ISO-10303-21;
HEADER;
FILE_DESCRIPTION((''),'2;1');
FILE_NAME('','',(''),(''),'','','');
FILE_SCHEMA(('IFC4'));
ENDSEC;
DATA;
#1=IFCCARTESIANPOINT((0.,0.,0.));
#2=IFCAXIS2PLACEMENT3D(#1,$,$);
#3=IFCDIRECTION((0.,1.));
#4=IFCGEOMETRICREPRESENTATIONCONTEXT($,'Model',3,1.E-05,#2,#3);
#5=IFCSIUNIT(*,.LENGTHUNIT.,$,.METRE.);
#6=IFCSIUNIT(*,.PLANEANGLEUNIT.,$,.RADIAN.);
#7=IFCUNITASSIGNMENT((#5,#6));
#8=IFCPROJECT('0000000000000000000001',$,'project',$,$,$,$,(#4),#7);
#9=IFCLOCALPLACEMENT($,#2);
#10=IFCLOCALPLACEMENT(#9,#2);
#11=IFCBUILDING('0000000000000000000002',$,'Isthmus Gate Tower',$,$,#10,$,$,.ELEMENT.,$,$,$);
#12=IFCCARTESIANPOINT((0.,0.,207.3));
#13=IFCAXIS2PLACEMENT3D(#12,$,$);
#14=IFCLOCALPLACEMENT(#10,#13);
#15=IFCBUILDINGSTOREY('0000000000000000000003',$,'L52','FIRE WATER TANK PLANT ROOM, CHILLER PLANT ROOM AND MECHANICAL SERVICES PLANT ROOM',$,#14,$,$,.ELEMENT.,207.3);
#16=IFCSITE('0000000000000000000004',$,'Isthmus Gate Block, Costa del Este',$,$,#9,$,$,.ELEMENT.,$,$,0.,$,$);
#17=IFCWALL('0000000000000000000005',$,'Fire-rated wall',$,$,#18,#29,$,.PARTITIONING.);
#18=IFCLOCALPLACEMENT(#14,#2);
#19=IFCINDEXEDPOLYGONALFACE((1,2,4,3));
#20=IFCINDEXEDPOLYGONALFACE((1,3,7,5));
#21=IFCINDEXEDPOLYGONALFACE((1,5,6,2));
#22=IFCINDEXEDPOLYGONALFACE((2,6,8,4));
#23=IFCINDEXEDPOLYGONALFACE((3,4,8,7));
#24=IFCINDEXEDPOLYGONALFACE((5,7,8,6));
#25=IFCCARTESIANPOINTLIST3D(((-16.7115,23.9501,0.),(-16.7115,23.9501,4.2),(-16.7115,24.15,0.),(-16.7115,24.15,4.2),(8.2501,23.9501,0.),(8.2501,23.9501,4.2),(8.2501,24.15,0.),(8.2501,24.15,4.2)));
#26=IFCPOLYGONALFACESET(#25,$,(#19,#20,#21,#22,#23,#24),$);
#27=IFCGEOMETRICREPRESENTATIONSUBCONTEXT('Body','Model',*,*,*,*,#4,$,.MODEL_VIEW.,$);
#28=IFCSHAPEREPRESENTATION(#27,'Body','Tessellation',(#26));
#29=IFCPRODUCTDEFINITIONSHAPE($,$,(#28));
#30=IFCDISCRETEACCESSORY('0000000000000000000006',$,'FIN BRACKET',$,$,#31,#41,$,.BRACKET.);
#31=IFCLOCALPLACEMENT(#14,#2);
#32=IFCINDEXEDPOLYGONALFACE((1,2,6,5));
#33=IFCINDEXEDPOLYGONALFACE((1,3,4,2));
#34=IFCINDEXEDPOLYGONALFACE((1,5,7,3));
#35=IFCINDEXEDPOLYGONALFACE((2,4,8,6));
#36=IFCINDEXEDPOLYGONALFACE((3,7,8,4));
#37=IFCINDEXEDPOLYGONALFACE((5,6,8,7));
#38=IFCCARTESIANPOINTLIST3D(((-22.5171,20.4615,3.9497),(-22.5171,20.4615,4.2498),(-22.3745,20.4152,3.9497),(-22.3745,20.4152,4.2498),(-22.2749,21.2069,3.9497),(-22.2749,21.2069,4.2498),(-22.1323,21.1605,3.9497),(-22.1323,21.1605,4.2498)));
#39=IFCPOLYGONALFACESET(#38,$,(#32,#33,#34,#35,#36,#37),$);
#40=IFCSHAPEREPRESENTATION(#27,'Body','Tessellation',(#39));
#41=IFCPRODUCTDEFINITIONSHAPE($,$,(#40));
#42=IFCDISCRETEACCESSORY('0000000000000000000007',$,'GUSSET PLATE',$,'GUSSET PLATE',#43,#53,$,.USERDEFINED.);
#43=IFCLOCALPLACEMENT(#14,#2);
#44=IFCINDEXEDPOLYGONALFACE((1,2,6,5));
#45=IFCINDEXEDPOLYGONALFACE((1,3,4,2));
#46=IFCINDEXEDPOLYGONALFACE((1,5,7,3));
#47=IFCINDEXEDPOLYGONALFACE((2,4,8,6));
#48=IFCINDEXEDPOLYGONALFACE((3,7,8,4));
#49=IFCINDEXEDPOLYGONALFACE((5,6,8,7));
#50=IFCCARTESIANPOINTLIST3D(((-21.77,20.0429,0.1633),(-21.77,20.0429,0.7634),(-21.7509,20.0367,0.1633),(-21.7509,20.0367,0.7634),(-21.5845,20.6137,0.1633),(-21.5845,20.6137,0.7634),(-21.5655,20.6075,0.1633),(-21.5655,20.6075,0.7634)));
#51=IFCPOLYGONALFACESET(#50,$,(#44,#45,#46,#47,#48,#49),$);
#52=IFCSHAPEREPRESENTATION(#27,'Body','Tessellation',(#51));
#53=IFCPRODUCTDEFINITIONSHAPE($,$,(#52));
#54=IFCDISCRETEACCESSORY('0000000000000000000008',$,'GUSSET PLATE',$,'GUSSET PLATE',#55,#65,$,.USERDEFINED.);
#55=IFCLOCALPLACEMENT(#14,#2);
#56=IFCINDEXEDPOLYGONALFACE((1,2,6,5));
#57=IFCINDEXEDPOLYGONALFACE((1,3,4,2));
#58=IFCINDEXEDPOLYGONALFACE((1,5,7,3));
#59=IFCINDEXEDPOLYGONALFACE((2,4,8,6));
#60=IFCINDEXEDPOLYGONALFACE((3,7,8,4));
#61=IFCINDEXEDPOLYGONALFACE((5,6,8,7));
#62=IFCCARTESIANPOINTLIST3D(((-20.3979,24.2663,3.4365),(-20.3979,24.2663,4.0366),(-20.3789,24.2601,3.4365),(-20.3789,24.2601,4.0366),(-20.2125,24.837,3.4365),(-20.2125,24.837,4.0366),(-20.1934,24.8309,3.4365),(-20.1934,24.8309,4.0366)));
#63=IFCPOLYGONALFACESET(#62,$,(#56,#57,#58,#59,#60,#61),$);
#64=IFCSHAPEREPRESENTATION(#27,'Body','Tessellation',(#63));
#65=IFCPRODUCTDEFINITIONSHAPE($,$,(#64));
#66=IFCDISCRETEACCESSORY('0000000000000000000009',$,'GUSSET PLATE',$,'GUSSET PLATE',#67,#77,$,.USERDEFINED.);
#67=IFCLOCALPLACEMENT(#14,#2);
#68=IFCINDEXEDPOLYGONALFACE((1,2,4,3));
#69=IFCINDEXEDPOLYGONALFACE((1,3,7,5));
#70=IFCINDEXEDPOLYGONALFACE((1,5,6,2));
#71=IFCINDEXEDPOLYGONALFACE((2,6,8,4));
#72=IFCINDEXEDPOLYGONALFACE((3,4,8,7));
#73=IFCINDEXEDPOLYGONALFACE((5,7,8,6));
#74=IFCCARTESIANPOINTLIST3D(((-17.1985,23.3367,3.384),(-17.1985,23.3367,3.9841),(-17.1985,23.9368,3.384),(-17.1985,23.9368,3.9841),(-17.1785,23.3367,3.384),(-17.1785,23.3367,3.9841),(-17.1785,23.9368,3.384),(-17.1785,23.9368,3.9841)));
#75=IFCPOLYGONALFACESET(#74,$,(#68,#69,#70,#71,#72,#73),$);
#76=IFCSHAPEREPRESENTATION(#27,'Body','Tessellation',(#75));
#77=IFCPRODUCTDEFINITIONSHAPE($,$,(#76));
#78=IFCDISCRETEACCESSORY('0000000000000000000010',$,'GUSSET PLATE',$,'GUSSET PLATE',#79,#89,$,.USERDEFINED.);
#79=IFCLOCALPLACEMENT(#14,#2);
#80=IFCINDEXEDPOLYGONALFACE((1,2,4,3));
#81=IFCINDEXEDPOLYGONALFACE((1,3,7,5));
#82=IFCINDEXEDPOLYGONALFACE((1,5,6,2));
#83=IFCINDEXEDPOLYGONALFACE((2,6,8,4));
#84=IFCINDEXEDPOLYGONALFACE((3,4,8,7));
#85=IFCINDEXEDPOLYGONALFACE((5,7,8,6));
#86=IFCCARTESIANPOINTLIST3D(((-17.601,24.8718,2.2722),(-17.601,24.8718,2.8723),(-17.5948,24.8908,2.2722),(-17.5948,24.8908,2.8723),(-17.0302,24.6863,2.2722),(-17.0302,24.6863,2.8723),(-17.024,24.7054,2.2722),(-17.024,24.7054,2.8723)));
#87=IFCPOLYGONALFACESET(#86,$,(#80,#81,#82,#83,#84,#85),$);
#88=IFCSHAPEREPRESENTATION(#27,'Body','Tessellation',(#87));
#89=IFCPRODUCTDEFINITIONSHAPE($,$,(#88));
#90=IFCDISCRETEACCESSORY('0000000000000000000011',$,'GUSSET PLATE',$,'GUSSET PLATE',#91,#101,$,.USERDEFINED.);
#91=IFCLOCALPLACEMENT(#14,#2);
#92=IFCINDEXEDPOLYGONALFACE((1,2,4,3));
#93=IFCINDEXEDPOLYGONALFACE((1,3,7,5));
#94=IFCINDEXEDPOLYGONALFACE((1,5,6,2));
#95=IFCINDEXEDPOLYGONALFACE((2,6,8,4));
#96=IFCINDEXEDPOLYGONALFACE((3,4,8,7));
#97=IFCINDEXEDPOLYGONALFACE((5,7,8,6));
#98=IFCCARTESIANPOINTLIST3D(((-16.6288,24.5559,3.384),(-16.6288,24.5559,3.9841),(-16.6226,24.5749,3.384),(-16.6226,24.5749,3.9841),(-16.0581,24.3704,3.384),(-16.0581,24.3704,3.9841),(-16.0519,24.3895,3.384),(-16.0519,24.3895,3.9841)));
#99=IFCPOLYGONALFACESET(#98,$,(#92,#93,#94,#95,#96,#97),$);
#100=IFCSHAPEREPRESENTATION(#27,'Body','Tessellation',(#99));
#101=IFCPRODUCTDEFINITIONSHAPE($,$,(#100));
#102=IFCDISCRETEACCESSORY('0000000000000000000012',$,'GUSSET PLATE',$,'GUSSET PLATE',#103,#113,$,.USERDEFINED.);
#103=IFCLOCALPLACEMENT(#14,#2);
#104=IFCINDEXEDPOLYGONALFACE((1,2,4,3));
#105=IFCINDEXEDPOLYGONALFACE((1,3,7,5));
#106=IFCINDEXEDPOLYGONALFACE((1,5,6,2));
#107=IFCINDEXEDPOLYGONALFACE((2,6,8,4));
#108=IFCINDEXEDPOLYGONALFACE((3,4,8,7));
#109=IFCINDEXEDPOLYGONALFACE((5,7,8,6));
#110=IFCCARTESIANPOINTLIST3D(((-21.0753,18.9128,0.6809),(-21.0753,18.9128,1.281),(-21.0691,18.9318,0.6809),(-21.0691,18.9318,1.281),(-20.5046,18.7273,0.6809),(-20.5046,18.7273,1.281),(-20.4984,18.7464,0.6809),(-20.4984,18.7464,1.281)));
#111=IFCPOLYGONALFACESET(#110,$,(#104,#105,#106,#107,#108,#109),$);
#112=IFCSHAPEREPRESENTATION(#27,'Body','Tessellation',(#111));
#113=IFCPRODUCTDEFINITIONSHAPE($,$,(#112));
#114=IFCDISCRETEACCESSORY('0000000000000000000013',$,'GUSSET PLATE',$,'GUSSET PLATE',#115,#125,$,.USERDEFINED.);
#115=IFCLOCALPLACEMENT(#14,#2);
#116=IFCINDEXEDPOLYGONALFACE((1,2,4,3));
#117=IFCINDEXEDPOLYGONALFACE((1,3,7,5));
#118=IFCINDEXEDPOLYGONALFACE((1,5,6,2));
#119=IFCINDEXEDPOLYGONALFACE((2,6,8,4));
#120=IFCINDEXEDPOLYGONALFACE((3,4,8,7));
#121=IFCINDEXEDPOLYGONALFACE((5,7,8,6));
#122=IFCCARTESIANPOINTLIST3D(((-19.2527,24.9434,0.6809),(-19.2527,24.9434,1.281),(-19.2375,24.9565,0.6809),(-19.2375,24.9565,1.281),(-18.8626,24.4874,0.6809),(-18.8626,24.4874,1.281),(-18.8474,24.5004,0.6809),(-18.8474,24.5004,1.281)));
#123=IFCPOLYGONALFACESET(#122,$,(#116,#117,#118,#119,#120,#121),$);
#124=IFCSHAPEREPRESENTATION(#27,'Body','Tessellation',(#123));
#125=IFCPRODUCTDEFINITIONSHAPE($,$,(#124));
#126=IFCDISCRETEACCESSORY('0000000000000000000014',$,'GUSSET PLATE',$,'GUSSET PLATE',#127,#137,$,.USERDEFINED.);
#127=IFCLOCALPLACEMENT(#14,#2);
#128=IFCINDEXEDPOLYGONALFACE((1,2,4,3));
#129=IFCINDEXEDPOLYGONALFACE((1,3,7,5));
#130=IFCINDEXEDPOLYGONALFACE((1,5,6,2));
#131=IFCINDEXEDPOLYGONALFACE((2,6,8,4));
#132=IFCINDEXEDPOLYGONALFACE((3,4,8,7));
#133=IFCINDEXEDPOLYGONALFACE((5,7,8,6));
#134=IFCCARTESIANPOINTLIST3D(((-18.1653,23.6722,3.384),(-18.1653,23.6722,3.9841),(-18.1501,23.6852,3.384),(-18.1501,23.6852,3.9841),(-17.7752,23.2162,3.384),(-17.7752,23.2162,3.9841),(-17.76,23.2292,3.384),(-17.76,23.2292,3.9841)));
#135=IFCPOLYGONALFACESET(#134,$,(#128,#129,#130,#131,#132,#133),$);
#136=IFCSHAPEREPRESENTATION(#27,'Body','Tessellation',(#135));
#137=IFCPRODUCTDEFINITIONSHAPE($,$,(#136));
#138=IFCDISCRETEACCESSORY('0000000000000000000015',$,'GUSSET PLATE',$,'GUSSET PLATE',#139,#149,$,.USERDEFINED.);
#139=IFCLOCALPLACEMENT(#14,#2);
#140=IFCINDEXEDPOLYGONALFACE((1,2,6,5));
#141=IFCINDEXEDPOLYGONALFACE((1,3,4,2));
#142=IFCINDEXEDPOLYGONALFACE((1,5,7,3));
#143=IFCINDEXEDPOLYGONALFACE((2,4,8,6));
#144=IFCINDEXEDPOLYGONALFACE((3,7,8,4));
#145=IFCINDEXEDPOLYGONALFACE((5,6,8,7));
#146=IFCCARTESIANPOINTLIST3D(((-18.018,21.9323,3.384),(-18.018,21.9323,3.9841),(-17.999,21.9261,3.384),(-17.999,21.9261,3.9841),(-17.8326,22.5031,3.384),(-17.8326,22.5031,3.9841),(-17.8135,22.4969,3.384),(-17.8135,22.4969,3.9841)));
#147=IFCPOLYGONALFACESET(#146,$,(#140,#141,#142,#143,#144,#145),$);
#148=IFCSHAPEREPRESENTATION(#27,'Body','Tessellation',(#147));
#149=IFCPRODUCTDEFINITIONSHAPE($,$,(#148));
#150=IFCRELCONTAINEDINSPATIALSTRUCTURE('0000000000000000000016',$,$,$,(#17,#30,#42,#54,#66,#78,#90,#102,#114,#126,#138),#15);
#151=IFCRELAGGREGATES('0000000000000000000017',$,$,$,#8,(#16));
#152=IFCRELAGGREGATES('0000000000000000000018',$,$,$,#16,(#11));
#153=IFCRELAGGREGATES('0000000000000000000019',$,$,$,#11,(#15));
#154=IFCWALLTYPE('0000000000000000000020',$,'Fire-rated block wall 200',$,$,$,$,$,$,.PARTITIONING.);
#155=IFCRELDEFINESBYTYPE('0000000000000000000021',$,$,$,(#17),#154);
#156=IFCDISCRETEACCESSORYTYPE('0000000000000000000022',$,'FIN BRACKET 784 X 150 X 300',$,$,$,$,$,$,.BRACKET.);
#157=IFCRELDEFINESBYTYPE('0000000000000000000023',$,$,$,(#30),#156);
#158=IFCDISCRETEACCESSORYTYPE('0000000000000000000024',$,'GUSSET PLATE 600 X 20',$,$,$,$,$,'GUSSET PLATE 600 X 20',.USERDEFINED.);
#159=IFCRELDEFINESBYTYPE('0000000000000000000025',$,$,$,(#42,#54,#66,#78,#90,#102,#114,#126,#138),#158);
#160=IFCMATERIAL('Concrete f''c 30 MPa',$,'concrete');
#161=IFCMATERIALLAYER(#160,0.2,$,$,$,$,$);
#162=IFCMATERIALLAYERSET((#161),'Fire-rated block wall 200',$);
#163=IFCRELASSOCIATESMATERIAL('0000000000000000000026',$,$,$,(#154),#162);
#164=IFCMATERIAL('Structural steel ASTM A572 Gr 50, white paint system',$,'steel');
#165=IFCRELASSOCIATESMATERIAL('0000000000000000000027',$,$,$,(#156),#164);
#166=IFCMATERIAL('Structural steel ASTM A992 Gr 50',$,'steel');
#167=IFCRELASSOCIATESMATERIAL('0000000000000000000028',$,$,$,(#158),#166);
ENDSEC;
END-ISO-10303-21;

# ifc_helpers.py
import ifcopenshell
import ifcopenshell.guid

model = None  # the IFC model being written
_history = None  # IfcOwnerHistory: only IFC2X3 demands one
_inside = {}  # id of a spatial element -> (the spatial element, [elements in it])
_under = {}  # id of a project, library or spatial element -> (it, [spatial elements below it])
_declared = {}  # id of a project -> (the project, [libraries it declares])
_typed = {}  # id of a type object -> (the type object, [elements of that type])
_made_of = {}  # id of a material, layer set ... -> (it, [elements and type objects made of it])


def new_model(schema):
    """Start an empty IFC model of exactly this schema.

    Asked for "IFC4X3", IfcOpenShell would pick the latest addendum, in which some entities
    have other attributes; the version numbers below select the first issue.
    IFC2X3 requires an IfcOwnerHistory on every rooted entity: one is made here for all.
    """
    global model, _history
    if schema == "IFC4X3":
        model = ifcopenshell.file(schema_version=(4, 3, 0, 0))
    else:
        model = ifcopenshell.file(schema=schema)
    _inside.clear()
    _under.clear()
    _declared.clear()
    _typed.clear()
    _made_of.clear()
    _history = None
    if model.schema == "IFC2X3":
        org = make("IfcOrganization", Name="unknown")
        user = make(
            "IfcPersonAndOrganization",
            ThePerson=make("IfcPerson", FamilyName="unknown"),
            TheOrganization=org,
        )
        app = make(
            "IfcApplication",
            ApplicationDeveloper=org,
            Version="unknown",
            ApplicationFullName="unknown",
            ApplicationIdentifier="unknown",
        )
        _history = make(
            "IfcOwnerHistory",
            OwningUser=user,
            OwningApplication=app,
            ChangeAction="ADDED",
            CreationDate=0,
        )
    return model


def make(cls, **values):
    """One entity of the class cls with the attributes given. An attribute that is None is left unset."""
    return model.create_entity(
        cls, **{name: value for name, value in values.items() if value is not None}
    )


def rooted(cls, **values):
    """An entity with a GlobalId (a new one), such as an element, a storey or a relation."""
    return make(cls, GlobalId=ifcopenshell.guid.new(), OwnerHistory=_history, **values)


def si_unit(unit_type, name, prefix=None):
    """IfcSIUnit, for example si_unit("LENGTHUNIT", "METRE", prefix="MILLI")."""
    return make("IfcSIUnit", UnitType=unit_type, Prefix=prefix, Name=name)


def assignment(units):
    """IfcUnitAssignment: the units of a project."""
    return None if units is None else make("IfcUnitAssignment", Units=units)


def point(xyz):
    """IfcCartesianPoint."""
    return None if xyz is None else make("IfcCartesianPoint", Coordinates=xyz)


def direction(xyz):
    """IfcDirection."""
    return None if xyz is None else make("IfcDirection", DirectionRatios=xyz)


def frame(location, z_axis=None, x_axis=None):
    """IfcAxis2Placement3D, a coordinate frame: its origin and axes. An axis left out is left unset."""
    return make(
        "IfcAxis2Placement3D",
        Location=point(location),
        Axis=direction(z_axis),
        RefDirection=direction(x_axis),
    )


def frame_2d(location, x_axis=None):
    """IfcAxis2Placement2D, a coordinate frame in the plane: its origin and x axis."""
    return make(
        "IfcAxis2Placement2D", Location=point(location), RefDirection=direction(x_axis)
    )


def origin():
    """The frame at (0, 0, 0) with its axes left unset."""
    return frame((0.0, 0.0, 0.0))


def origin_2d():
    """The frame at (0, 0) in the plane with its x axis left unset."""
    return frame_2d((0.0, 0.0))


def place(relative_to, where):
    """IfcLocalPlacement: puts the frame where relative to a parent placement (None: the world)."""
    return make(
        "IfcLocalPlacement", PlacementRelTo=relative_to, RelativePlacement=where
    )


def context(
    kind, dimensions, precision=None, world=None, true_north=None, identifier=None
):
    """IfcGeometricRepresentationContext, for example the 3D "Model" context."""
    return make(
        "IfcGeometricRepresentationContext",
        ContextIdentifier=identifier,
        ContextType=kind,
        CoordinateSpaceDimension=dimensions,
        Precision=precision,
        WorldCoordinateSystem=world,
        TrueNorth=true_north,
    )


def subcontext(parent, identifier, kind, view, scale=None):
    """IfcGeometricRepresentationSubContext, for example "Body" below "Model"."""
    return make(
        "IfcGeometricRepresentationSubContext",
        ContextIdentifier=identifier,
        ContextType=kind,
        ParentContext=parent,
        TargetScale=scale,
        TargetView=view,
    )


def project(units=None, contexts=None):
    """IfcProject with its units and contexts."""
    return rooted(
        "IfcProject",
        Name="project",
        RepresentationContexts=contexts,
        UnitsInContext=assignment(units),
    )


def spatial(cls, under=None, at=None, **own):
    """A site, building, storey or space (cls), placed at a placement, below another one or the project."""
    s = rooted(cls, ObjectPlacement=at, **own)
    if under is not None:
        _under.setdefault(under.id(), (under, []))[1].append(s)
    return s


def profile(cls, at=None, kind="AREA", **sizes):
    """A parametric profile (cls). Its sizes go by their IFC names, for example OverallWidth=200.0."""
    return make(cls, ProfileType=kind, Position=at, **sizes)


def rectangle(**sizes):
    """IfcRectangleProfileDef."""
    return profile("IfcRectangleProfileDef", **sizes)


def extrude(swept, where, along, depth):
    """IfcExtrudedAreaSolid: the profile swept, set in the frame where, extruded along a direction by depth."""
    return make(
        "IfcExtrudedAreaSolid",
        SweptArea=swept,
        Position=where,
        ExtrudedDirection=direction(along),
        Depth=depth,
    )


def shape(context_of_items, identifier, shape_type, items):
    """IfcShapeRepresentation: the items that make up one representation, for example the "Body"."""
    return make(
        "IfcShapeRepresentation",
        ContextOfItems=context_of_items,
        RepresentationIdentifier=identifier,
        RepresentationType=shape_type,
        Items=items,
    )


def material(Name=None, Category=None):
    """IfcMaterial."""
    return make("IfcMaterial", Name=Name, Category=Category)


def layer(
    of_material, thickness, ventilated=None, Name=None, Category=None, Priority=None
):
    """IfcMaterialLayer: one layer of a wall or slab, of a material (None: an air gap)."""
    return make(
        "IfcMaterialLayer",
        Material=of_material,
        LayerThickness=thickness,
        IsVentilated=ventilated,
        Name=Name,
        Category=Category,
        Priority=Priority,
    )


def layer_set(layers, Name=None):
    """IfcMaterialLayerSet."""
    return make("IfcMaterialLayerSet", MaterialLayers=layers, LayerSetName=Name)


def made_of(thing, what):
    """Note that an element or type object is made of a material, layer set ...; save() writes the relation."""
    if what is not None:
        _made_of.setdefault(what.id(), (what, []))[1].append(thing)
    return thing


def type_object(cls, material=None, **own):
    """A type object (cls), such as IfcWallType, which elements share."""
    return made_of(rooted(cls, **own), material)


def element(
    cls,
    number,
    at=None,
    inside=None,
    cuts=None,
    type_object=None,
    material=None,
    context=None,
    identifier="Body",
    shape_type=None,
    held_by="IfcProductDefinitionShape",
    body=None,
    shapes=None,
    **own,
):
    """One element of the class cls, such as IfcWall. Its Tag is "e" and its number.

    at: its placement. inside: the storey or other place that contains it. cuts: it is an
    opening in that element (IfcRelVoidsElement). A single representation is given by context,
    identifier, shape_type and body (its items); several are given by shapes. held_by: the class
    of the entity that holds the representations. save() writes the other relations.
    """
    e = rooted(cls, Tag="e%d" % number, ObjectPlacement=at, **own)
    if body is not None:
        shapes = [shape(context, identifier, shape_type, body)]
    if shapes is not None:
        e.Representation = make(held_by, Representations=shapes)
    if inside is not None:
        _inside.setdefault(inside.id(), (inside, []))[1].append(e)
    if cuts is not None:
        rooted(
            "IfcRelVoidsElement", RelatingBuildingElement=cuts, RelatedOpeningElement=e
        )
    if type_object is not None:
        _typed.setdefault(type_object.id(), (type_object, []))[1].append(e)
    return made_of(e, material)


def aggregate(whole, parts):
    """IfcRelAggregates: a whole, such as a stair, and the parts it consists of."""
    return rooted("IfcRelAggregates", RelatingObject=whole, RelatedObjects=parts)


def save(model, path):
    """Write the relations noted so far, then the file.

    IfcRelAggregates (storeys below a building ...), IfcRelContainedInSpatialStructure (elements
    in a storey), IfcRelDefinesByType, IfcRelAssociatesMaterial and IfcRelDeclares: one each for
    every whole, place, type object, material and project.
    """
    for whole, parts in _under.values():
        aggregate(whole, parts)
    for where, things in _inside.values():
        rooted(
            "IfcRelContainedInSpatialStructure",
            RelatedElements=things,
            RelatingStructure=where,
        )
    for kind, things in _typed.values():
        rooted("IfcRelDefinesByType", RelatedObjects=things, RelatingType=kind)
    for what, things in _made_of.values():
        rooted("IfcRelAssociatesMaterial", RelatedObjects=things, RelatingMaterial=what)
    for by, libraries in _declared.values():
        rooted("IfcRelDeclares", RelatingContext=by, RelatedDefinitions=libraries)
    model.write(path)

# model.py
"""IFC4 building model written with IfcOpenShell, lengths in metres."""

from ifc_helpers import new_model, si_unit, direction, frame, frame_2d, origin, origin_2d, place, context, subcontext, project, spatial, rectangle, extrude, material, layer, layer_set, type_object, element, save


model = new_model("IFC4")

# Units and contexts
model_context = context("Model", 3, precision=1e-05, world=origin(), true_north=direction((0.0, 1.0)))
body_context = subcontext(model_context, "Body", "Model", "MODEL_VIEW")
ifc_project = project(units=[si_unit("LENGTHUNIT", "METRE"), si_unit("PLANEANGLEUNIT", "RADIAN")], contexts=[model_context])

# Site, building, storey
site_placement = place(None, origin())
site = spatial("IfcSite", under=ifc_project, at=site_placement, Name="Isthmus Gate Block, Costa del Este", CompositionType="ELEMENT", RefElevation=0.0)
building_placement = place(site_placement, origin())
building = spatial("IfcBuilding", under=site, at=building_placement, Name="Isthmus Gate Tower", CompositionType="ELEMENT")
storey_placement = place(building_placement, frame((0.0, 0.0, 207.3)))
storey = spatial("IfcBuildingStorey", under=building, at=storey_placement, Name="L52", Description="FIRE WATER TANK PLANT ROOM, CHILLER PLANT ROOM AND MECHANICAL SERVICES PLANT ROOM", CompositionType="ELEMENT", Elevation=207.3)

# Wall
ifc_material_1 = material(Name="Concrete f'c 30 MPa", Category="concrete")
ifc_layer_1 = layer(ifc_material_1, 0.2)
ifc_layer_set_1 = layer_set([ifc_layer_1], Name="Fire-rated block wall 200")
wall_type = type_object("IfcWallType", Name="Fire-rated block wall 200", PredefinedType="PARTITIONING", material=ifc_layer_set_1)
wall_placement = place(storey_placement, frame((-16.7117, 24.05, 0.0), z_axis=(0.0, 0.0, 1.0), x_axis=(1.0, 0.0, 0.0)))
element("IfcWall", 1, at=wall_placement, inside=storey, type_object=wall_type, Name="Fire-rated wall", PredefinedType="PARTITIONING", context=body_context, shape_type="SweptSolid", body=[
    extrude(rectangle(XDim=24.9617, YDim=0.2, at=frame_2d((12.481, 0.0))), origin(), (0.0, 0.0, 1.0), 4.2),
])

# Discrete accessories
ifc_material_2 = material(Name="Structural steel ASTM A572 Gr 50, white paint system", Category="steel")
discrete_accessory_type_1 = type_object("IfcDiscreteAccessoryType", Name="FIN BRACKET 784 X 150 X 300", PredefinedType="BRACKET", material=ifc_material_2)
discrete_accessory_placement = place(storey_placement, frame((-22.3247, 20.811, 3.9497), z_axis=(0.0, 0.0, 1.0), x_axis=(-0.951057, 0.309017, 0.0)))
element("IfcDiscreteAccessory", 2, at=discrete_accessory_placement, inside=storey, type_object=discrete_accessory_type_1, Name="FIN BRACKET", PredefinedType="BRACKET", context=body_context, shape_type="SweptSolid", body=[
    extrude(rectangle(XDim=0.1499, YDim=0.7837, at=origin_2d()), origin(), (0.0, 0.0, 1.0), 0.3),
])
ifc_material_3 = material(Name="Structural steel ASTM A992 Gr 50", Category="steel")
discrete_accessory_type_2 = type_object("IfcDiscreteAccessoryType", Name="GUSSET PLATE 600 X 20", ElementType="GUSSET PLATE 600 X 20", PredefinedType="USERDEFINED", material=ifc_material_3)
for number, where, z_axis, x_axis, name in (
    (3, (-21.6677, 20.3252, 0.1633), (0.0, 0.0, 1.0), (0.309017, 0.951057, 0.0), "GUSSET PLATE"),
    (4, (-20.2957, 24.5486, 3.4365), (0.0, 0.0, 1.0), (0.309017, 0.951057, 0.0), "GUSSET PLATE"),
    (5, (-17.1885, 23.6367, 3.384), (0.0, 0.0, 1.0), (0.0, -1.0, 0.0), "GUSSET PLATE"),
    (6, (-17.3125, 24.7886, 2.2722), (0.0, 0.0, 1.0), (0.951057, -0.309017, 0.0), "GUSSET PLATE"),
    (7, (-16.3403, 24.4727, 3.384), (0.0, 0.0, 1.0), (0.951057, -0.309017, 0.0), "GUSSET PLATE"),
    (8, (-20.7869, 18.8296, 0.6809), (0.0, 0.0, 1.0), (0.951057, -0.309017, 0.0), "GUSSET PLATE"),
    (9, (-19.05, 24.7219, 0.6809), (0.0, 0.0, 1.0), (0.649971, -0.759959, 0.0), "GUSSET PLATE"),
    (10, (-17.9626, 23.4507, 3.384), (0.0, 0.0, 1.0), (0.649971, -0.759959, 0.0), "GUSSET PLATE"),
    (11, (-17.9158, 22.2146, 3.384), (0.0, 0.0, 1.0), (0.309017, 0.951057, 0.0), "GUSSET PLATE"),
):
    element("IfcDiscreteAccessory", number, at=place(storey_placement, frame(where, z_axis=z_axis, x_axis=x_axis)), inside=storey, type_object=discrete_accessory_type_2, Name=name, ObjectType="GUSSET PLATE", PredefinedType="USERDEFINED", context=body_context, shape_type="SweptSolid", body=[
        extrude(rectangle(XDim=0.6001, YDim=0.02, at=origin_2d()), origin(), (0.0, 0.0, 1.0), 0.6001),
    ])

save(model, "model.ifc")
